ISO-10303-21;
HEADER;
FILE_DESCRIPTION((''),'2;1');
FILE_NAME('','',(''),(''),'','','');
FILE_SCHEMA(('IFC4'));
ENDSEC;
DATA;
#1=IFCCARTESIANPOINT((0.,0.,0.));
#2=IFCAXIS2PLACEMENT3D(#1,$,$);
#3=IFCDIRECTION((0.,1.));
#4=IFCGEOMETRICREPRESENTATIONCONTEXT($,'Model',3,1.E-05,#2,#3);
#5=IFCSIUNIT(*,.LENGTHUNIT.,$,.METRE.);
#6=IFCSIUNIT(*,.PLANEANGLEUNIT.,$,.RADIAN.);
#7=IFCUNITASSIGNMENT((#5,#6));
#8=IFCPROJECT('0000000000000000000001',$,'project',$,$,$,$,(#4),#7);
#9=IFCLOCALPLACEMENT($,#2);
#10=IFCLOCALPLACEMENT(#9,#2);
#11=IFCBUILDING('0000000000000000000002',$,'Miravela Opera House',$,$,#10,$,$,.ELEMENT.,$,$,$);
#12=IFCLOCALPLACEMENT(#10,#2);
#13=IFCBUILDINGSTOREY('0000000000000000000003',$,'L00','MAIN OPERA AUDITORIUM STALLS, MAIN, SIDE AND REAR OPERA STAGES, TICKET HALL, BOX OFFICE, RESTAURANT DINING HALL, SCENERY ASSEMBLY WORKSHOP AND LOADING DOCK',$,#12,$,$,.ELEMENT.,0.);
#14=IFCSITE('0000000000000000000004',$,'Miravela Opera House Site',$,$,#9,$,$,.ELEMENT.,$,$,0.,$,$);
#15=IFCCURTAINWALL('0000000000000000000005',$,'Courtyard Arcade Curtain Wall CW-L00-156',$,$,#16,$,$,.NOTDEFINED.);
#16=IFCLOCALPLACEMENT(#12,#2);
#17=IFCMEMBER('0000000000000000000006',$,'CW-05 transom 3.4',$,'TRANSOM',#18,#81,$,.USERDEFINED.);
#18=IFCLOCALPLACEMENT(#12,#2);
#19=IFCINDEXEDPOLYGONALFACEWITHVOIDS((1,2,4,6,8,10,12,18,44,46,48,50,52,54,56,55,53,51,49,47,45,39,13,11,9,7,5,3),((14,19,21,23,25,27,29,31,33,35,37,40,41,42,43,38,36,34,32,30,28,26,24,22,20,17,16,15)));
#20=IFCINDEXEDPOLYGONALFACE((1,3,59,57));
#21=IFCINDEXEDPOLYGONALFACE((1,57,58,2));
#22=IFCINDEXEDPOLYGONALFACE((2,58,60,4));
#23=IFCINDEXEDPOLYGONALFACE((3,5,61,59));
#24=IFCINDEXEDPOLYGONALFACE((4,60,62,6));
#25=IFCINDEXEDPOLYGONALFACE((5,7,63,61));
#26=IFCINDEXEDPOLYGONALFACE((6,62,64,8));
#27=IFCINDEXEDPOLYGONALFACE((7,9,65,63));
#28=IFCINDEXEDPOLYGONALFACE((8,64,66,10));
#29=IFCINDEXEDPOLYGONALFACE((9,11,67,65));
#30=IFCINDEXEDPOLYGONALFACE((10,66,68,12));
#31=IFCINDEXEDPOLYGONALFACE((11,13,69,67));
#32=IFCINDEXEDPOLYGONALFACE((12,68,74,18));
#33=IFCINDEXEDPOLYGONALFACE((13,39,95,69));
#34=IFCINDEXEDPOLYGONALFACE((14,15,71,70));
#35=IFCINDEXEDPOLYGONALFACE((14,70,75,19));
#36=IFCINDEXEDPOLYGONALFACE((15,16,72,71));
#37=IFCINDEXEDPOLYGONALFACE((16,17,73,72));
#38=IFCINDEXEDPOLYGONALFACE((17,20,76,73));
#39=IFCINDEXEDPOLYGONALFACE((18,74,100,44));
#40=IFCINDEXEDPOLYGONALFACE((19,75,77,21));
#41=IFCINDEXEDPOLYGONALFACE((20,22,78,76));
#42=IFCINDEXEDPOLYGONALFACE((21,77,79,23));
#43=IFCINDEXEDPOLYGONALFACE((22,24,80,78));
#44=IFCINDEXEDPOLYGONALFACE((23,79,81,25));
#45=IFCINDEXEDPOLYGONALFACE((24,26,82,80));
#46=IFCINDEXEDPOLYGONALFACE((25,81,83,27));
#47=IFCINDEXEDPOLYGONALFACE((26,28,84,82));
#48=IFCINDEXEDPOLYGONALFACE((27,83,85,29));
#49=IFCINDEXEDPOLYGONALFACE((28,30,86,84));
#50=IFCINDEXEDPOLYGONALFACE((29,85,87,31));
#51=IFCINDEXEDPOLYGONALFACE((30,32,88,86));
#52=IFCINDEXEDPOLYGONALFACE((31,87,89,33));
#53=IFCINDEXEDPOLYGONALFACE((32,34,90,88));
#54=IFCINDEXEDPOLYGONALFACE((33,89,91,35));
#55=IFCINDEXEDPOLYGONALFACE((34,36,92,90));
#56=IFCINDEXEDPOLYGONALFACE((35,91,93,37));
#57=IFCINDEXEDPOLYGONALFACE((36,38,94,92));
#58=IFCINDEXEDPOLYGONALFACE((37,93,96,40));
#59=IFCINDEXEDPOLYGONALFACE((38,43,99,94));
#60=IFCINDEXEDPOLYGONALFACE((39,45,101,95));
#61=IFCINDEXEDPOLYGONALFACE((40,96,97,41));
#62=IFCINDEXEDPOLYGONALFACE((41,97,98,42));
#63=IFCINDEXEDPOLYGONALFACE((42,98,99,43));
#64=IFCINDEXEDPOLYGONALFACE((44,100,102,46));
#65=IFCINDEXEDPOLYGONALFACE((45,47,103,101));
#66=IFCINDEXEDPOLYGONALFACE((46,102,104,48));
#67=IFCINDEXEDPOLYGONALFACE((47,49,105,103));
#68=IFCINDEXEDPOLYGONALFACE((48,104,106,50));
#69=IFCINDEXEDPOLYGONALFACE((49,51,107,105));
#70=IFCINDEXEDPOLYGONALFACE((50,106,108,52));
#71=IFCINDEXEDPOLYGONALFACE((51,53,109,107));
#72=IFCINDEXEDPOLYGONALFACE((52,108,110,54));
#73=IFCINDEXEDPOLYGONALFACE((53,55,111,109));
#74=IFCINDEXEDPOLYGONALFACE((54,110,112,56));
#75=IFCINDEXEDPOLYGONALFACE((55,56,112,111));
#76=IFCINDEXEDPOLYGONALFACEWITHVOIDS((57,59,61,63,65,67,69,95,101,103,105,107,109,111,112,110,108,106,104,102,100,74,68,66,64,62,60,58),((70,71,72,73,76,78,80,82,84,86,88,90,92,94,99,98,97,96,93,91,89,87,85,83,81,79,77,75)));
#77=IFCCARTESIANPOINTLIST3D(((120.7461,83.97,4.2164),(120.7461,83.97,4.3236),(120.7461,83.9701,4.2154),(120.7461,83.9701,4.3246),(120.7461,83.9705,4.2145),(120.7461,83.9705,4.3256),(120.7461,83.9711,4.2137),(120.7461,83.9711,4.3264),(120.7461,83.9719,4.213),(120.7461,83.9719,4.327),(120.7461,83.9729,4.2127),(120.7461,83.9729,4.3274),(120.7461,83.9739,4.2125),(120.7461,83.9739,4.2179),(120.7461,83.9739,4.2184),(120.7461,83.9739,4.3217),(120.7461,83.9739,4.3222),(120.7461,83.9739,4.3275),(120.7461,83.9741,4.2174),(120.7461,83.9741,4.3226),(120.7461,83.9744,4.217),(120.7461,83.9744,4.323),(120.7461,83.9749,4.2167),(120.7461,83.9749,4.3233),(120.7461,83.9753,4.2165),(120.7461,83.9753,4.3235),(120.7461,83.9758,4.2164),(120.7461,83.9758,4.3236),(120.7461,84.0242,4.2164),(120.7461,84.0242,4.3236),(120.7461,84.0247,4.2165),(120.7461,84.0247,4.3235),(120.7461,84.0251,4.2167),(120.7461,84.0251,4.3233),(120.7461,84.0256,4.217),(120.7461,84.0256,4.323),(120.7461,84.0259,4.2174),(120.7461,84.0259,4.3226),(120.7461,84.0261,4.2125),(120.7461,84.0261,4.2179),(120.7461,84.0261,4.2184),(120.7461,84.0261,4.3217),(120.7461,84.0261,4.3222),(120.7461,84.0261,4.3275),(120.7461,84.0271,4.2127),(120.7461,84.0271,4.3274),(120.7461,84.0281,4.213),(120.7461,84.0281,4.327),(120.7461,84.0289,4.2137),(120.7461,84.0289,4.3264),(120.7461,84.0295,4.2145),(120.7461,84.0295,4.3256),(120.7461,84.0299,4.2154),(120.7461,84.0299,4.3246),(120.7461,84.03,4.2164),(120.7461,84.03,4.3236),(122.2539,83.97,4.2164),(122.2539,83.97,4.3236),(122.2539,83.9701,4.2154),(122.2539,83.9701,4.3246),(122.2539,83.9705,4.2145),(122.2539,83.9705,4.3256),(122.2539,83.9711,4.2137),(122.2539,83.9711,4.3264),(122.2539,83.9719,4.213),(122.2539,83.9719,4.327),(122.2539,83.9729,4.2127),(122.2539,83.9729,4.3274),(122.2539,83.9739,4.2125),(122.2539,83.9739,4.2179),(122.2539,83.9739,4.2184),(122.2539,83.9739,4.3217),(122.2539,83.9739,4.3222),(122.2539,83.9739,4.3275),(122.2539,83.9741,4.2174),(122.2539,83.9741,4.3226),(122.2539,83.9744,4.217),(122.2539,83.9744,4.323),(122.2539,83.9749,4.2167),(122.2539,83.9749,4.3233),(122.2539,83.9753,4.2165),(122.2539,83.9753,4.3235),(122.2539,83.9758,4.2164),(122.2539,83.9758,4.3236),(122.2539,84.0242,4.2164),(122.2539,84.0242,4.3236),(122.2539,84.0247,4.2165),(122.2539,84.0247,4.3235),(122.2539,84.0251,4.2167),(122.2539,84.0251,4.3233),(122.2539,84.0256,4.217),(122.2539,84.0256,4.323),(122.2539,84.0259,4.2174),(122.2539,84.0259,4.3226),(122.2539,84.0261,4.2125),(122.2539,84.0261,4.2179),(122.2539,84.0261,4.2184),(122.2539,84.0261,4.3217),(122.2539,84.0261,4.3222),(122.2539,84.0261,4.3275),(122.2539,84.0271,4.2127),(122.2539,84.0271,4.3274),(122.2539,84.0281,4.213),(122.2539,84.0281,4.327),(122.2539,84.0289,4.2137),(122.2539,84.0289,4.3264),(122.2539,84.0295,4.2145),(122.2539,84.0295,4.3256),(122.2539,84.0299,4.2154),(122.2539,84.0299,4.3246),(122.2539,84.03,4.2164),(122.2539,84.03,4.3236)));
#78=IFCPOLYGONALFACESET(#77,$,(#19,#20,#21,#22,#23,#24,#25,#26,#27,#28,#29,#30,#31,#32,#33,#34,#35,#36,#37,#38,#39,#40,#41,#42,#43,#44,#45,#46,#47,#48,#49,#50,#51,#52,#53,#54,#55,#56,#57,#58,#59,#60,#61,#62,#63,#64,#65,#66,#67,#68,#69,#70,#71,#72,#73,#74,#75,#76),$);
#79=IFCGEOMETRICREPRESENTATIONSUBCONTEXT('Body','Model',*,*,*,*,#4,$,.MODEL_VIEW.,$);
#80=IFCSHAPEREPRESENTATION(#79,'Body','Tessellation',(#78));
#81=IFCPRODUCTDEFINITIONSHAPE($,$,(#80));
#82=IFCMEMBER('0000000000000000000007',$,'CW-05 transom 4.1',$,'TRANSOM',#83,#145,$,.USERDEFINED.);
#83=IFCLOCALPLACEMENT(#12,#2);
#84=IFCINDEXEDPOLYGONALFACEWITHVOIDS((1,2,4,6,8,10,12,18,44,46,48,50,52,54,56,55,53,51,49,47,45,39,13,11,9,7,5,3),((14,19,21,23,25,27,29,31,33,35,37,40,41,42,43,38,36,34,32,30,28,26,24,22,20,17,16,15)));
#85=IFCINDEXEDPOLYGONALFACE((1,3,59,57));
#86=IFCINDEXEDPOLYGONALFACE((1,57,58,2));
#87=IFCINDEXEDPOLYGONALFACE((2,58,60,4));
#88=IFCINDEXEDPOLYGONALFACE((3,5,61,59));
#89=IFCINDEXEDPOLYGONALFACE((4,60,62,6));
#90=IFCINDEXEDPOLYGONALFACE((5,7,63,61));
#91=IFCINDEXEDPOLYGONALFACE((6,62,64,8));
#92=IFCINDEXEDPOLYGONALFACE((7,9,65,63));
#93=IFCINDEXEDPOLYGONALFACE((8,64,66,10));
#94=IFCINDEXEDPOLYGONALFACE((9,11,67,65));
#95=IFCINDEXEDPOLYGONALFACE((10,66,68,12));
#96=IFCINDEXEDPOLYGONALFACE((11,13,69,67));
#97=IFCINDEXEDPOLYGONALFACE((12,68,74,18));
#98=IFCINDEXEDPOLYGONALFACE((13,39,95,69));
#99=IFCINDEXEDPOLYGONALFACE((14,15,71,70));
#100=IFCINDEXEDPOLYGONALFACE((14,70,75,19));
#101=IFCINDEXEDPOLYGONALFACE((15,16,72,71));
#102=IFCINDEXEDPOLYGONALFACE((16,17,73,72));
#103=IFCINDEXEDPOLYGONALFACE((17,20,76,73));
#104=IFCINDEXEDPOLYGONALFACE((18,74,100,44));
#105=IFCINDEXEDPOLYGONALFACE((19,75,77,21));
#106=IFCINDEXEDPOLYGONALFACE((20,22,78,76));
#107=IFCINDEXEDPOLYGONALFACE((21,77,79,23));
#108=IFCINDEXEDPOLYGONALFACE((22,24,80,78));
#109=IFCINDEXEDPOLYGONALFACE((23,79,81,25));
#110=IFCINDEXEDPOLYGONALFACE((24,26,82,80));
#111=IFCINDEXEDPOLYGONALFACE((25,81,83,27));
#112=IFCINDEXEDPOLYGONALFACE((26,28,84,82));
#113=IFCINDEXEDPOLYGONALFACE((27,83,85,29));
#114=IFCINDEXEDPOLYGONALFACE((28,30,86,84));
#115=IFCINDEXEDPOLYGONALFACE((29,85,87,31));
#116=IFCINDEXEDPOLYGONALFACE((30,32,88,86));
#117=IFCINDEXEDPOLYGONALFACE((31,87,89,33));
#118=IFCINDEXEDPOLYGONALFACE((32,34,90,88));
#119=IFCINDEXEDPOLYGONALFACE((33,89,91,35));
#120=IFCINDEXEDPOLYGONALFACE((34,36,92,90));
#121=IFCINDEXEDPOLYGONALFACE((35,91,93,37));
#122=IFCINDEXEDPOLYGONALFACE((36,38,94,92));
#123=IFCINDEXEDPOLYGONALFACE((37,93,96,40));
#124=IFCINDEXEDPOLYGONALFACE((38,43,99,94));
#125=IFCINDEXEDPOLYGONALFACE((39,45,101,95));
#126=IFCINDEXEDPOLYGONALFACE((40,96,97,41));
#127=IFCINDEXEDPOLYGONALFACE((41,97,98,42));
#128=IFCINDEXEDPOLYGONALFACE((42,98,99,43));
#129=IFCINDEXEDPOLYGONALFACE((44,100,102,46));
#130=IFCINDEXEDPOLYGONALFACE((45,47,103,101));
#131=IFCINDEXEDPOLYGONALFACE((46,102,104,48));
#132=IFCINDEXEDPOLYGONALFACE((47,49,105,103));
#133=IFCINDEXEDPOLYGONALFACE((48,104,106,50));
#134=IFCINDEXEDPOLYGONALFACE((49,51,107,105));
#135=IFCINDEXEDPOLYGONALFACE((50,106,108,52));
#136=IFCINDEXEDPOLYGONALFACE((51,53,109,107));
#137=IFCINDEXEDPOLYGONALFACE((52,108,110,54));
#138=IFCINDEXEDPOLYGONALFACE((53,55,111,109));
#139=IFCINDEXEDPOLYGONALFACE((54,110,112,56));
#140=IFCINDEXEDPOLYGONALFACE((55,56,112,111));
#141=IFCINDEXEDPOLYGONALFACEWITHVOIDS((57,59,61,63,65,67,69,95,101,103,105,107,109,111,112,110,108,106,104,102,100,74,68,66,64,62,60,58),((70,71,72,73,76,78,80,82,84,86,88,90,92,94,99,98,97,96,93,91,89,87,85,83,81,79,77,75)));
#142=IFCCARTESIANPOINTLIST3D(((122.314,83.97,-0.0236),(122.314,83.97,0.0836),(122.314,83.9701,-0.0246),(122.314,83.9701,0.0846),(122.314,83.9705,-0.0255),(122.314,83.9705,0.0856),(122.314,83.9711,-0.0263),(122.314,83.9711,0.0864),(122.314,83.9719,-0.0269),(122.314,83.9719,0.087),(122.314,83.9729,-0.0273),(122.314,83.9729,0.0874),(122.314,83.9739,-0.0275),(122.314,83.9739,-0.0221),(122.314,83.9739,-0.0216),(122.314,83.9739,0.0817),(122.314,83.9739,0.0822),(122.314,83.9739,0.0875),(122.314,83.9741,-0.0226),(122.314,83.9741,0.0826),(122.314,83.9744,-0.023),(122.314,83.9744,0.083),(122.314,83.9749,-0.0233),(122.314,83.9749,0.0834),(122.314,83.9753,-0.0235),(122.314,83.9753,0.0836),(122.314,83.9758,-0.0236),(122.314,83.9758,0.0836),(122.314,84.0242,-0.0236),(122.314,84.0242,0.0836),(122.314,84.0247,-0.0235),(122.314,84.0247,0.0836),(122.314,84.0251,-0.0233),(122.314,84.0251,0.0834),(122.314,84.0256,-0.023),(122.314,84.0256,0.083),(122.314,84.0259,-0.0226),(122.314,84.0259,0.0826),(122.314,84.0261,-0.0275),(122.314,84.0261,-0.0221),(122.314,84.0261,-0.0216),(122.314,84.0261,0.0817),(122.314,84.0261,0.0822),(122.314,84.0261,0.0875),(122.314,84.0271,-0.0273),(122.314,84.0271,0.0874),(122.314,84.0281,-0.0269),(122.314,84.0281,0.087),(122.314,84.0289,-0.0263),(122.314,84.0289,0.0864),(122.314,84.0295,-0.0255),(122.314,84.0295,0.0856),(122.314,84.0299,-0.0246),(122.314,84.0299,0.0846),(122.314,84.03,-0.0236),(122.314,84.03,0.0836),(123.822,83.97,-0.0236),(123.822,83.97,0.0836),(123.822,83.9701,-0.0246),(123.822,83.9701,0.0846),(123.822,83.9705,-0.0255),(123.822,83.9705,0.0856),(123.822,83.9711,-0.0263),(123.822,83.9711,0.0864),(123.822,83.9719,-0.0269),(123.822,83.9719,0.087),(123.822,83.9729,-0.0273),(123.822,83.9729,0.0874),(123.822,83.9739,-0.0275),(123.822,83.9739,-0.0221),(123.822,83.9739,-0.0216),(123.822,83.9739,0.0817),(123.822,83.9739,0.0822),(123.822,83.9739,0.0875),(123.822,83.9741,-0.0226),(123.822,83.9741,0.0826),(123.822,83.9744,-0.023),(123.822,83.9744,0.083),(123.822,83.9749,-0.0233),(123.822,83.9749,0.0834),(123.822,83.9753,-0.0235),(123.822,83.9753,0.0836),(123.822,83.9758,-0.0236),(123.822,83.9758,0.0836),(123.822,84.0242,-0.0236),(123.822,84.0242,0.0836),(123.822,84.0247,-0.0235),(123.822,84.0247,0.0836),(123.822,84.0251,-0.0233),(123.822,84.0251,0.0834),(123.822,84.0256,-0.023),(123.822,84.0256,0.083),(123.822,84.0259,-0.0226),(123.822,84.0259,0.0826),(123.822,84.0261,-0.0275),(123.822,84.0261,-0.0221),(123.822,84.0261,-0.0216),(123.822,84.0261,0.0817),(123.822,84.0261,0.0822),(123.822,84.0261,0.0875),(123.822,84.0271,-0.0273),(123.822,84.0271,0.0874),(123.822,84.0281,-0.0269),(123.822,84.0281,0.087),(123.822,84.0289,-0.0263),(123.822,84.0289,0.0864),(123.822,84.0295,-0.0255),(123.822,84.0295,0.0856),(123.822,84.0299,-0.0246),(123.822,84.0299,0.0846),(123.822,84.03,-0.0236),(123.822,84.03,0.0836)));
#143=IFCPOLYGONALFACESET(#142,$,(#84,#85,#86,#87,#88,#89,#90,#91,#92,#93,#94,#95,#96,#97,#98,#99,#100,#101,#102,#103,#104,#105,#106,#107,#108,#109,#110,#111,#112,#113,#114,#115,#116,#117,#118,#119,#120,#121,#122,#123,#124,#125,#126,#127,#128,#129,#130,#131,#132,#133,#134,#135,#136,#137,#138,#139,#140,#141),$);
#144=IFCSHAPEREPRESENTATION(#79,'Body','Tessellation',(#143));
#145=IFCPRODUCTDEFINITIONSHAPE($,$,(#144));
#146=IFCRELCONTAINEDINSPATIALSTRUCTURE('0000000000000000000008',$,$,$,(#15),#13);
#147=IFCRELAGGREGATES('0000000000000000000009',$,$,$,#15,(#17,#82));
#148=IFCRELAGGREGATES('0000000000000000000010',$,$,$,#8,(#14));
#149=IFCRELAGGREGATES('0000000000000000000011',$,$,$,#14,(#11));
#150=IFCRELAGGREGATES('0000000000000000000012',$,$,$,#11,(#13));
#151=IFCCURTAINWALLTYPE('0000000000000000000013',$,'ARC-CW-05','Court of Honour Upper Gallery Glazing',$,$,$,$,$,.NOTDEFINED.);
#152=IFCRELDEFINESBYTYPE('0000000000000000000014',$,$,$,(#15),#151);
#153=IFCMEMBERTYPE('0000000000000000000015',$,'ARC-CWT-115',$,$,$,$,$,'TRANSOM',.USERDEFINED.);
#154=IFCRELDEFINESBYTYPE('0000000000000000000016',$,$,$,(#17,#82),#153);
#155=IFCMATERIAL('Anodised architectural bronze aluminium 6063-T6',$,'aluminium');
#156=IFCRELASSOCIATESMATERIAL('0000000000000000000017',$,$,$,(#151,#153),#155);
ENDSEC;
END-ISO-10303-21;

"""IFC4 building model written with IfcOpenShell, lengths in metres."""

from ifc_helpers import new_model, si_unit, direction, frame, origin, origin_2d, place, context, subcontext, project, spatial, hollow_rectangle, extrude, material, material_profile, profile_set, type_object, element, aggregate, save


model = new_model("IFC4")

# Units and contexts
model_context = context("Model", 3, precision=1e-05, world=origin(), true_north=direction((0.0, 1.0)))
body_context = subcontext(model_context, "Body", "Model", "MODEL_VIEW")
ifc_project = project(units=[si_unit("LENGTHUNIT", "METRE"), si_unit("PLANEANGLEUNIT", "RADIAN")], contexts=[model_context])

# Site, building, storey
site_placement = place(None, origin())
site = spatial("IfcSite", under=ifc_project, at=site_placement, Name="Miravela Opera House Site", CompositionType="ELEMENT", RefElevation=0.0)
building_placement = place(site_placement, origin())
building = spatial("IfcBuilding", under=site, at=building_placement, Name="Miravela Opera House", CompositionType="ELEMENT")
storey_placement = place(building_placement, origin())
storey = spatial("IfcBuildingStorey", under=building, at=storey_placement, Name="L00", Description="MAIN OPERA AUDITORIUM STALLS, MAIN, SIDE AND REAR OPERA STAGES, TICKET HALL, BOX OFFICE, RESTAURANT DINING HALL, SCENERY ASSEMBLY WORKSHOP AND LOADING DOCK", CompositionType="ELEMENT", Elevation=0.0)

# Curtain wall, members
ifc_material_1 = material(Name="Anodised architectural bronze aluminium 6063-T6", Category="aluminium")
curtain_wall_type = type_object("IfcCurtainWallType", Name="ARC-CW-05", Description="Court of Honour Upper Gallery Glazing", PredefinedType="NOTDEFINED", material=ifc_material_1)
curtain_wall_placement = place(storey_placement, origin())
curtain_wall = element("IfcCurtainWall", 1, at=curtain_wall_placement, inside=storey, type_object=curtain_wall_type, Name="Courtyard Arcade Curtain Wall CW-L00-156", PredefinedType="NOTDEFINED")
ifc_material_profile_1 = material_profile(ifc_material_1, hollow_rectangle(XDim=0.0601, YDim=0.115, WallThickness=0.0039, InnerFilletRadius=0.002, OuterFilletRadius=0.0039, at=origin_2d()), Name="CWT-60X115")
ifc_profile_set_1 = profile_set([ifc_material_profile_1])
member_type_1 = type_object("IfcMemberType", Name="ARC-CWT-115", ElementType="TRANSOM", PredefinedType="USERDEFINED", material=ifc_profile_set_1)
member_1_placement = place(storey_placement, frame((120.7461, 84.0, 4.27), z_axis=(1.0, 0.0, 0.0), x_axis=(0.0, 1.0, 0.0)))
member_1 = element("IfcMember", 2, at=member_1_placement, type_object=member_type_1, Name="CW-05 transom 3.4", ObjectType="TRANSOM", PredefinedType="USERDEFINED", context=body_context, shape_type="SweptSolid", body=[
    extrude(hollow_rectangle(XDim=0.0601, YDim=0.115, WallThickness=0.0039, InnerFilletRadius=0.002, OuterFilletRadius=0.0039, at=origin_2d()), origin(), (0.0, 0.0, 1.0), 1.5078),
])
member_2_placement = place(storey_placement, frame((122.314, 84.0, 0.03), z_axis=(1.0, 0.0, 0.0), x_axis=(0.0, 1.0, 0.0)))
member_2 = element("IfcMember", 3, at=member_2_placement, type_object=member_type_1, Name="CW-05 transom 4.1", ObjectType="TRANSOM", PredefinedType="USERDEFINED", context=body_context, shape_type="SweptSolid", body=[
    extrude(hollow_rectangle(XDim=0.0601, YDim=0.115, WallThickness=0.0039, InnerFilletRadius=0.002, OuterFilletRadius=0.0039, at=origin_2d()), origin(), (0.0, 0.0, 1.0), 1.5081),
])
aggregate(curtain_wall, [member_1, member_2])

save(model, "model.ifc")
